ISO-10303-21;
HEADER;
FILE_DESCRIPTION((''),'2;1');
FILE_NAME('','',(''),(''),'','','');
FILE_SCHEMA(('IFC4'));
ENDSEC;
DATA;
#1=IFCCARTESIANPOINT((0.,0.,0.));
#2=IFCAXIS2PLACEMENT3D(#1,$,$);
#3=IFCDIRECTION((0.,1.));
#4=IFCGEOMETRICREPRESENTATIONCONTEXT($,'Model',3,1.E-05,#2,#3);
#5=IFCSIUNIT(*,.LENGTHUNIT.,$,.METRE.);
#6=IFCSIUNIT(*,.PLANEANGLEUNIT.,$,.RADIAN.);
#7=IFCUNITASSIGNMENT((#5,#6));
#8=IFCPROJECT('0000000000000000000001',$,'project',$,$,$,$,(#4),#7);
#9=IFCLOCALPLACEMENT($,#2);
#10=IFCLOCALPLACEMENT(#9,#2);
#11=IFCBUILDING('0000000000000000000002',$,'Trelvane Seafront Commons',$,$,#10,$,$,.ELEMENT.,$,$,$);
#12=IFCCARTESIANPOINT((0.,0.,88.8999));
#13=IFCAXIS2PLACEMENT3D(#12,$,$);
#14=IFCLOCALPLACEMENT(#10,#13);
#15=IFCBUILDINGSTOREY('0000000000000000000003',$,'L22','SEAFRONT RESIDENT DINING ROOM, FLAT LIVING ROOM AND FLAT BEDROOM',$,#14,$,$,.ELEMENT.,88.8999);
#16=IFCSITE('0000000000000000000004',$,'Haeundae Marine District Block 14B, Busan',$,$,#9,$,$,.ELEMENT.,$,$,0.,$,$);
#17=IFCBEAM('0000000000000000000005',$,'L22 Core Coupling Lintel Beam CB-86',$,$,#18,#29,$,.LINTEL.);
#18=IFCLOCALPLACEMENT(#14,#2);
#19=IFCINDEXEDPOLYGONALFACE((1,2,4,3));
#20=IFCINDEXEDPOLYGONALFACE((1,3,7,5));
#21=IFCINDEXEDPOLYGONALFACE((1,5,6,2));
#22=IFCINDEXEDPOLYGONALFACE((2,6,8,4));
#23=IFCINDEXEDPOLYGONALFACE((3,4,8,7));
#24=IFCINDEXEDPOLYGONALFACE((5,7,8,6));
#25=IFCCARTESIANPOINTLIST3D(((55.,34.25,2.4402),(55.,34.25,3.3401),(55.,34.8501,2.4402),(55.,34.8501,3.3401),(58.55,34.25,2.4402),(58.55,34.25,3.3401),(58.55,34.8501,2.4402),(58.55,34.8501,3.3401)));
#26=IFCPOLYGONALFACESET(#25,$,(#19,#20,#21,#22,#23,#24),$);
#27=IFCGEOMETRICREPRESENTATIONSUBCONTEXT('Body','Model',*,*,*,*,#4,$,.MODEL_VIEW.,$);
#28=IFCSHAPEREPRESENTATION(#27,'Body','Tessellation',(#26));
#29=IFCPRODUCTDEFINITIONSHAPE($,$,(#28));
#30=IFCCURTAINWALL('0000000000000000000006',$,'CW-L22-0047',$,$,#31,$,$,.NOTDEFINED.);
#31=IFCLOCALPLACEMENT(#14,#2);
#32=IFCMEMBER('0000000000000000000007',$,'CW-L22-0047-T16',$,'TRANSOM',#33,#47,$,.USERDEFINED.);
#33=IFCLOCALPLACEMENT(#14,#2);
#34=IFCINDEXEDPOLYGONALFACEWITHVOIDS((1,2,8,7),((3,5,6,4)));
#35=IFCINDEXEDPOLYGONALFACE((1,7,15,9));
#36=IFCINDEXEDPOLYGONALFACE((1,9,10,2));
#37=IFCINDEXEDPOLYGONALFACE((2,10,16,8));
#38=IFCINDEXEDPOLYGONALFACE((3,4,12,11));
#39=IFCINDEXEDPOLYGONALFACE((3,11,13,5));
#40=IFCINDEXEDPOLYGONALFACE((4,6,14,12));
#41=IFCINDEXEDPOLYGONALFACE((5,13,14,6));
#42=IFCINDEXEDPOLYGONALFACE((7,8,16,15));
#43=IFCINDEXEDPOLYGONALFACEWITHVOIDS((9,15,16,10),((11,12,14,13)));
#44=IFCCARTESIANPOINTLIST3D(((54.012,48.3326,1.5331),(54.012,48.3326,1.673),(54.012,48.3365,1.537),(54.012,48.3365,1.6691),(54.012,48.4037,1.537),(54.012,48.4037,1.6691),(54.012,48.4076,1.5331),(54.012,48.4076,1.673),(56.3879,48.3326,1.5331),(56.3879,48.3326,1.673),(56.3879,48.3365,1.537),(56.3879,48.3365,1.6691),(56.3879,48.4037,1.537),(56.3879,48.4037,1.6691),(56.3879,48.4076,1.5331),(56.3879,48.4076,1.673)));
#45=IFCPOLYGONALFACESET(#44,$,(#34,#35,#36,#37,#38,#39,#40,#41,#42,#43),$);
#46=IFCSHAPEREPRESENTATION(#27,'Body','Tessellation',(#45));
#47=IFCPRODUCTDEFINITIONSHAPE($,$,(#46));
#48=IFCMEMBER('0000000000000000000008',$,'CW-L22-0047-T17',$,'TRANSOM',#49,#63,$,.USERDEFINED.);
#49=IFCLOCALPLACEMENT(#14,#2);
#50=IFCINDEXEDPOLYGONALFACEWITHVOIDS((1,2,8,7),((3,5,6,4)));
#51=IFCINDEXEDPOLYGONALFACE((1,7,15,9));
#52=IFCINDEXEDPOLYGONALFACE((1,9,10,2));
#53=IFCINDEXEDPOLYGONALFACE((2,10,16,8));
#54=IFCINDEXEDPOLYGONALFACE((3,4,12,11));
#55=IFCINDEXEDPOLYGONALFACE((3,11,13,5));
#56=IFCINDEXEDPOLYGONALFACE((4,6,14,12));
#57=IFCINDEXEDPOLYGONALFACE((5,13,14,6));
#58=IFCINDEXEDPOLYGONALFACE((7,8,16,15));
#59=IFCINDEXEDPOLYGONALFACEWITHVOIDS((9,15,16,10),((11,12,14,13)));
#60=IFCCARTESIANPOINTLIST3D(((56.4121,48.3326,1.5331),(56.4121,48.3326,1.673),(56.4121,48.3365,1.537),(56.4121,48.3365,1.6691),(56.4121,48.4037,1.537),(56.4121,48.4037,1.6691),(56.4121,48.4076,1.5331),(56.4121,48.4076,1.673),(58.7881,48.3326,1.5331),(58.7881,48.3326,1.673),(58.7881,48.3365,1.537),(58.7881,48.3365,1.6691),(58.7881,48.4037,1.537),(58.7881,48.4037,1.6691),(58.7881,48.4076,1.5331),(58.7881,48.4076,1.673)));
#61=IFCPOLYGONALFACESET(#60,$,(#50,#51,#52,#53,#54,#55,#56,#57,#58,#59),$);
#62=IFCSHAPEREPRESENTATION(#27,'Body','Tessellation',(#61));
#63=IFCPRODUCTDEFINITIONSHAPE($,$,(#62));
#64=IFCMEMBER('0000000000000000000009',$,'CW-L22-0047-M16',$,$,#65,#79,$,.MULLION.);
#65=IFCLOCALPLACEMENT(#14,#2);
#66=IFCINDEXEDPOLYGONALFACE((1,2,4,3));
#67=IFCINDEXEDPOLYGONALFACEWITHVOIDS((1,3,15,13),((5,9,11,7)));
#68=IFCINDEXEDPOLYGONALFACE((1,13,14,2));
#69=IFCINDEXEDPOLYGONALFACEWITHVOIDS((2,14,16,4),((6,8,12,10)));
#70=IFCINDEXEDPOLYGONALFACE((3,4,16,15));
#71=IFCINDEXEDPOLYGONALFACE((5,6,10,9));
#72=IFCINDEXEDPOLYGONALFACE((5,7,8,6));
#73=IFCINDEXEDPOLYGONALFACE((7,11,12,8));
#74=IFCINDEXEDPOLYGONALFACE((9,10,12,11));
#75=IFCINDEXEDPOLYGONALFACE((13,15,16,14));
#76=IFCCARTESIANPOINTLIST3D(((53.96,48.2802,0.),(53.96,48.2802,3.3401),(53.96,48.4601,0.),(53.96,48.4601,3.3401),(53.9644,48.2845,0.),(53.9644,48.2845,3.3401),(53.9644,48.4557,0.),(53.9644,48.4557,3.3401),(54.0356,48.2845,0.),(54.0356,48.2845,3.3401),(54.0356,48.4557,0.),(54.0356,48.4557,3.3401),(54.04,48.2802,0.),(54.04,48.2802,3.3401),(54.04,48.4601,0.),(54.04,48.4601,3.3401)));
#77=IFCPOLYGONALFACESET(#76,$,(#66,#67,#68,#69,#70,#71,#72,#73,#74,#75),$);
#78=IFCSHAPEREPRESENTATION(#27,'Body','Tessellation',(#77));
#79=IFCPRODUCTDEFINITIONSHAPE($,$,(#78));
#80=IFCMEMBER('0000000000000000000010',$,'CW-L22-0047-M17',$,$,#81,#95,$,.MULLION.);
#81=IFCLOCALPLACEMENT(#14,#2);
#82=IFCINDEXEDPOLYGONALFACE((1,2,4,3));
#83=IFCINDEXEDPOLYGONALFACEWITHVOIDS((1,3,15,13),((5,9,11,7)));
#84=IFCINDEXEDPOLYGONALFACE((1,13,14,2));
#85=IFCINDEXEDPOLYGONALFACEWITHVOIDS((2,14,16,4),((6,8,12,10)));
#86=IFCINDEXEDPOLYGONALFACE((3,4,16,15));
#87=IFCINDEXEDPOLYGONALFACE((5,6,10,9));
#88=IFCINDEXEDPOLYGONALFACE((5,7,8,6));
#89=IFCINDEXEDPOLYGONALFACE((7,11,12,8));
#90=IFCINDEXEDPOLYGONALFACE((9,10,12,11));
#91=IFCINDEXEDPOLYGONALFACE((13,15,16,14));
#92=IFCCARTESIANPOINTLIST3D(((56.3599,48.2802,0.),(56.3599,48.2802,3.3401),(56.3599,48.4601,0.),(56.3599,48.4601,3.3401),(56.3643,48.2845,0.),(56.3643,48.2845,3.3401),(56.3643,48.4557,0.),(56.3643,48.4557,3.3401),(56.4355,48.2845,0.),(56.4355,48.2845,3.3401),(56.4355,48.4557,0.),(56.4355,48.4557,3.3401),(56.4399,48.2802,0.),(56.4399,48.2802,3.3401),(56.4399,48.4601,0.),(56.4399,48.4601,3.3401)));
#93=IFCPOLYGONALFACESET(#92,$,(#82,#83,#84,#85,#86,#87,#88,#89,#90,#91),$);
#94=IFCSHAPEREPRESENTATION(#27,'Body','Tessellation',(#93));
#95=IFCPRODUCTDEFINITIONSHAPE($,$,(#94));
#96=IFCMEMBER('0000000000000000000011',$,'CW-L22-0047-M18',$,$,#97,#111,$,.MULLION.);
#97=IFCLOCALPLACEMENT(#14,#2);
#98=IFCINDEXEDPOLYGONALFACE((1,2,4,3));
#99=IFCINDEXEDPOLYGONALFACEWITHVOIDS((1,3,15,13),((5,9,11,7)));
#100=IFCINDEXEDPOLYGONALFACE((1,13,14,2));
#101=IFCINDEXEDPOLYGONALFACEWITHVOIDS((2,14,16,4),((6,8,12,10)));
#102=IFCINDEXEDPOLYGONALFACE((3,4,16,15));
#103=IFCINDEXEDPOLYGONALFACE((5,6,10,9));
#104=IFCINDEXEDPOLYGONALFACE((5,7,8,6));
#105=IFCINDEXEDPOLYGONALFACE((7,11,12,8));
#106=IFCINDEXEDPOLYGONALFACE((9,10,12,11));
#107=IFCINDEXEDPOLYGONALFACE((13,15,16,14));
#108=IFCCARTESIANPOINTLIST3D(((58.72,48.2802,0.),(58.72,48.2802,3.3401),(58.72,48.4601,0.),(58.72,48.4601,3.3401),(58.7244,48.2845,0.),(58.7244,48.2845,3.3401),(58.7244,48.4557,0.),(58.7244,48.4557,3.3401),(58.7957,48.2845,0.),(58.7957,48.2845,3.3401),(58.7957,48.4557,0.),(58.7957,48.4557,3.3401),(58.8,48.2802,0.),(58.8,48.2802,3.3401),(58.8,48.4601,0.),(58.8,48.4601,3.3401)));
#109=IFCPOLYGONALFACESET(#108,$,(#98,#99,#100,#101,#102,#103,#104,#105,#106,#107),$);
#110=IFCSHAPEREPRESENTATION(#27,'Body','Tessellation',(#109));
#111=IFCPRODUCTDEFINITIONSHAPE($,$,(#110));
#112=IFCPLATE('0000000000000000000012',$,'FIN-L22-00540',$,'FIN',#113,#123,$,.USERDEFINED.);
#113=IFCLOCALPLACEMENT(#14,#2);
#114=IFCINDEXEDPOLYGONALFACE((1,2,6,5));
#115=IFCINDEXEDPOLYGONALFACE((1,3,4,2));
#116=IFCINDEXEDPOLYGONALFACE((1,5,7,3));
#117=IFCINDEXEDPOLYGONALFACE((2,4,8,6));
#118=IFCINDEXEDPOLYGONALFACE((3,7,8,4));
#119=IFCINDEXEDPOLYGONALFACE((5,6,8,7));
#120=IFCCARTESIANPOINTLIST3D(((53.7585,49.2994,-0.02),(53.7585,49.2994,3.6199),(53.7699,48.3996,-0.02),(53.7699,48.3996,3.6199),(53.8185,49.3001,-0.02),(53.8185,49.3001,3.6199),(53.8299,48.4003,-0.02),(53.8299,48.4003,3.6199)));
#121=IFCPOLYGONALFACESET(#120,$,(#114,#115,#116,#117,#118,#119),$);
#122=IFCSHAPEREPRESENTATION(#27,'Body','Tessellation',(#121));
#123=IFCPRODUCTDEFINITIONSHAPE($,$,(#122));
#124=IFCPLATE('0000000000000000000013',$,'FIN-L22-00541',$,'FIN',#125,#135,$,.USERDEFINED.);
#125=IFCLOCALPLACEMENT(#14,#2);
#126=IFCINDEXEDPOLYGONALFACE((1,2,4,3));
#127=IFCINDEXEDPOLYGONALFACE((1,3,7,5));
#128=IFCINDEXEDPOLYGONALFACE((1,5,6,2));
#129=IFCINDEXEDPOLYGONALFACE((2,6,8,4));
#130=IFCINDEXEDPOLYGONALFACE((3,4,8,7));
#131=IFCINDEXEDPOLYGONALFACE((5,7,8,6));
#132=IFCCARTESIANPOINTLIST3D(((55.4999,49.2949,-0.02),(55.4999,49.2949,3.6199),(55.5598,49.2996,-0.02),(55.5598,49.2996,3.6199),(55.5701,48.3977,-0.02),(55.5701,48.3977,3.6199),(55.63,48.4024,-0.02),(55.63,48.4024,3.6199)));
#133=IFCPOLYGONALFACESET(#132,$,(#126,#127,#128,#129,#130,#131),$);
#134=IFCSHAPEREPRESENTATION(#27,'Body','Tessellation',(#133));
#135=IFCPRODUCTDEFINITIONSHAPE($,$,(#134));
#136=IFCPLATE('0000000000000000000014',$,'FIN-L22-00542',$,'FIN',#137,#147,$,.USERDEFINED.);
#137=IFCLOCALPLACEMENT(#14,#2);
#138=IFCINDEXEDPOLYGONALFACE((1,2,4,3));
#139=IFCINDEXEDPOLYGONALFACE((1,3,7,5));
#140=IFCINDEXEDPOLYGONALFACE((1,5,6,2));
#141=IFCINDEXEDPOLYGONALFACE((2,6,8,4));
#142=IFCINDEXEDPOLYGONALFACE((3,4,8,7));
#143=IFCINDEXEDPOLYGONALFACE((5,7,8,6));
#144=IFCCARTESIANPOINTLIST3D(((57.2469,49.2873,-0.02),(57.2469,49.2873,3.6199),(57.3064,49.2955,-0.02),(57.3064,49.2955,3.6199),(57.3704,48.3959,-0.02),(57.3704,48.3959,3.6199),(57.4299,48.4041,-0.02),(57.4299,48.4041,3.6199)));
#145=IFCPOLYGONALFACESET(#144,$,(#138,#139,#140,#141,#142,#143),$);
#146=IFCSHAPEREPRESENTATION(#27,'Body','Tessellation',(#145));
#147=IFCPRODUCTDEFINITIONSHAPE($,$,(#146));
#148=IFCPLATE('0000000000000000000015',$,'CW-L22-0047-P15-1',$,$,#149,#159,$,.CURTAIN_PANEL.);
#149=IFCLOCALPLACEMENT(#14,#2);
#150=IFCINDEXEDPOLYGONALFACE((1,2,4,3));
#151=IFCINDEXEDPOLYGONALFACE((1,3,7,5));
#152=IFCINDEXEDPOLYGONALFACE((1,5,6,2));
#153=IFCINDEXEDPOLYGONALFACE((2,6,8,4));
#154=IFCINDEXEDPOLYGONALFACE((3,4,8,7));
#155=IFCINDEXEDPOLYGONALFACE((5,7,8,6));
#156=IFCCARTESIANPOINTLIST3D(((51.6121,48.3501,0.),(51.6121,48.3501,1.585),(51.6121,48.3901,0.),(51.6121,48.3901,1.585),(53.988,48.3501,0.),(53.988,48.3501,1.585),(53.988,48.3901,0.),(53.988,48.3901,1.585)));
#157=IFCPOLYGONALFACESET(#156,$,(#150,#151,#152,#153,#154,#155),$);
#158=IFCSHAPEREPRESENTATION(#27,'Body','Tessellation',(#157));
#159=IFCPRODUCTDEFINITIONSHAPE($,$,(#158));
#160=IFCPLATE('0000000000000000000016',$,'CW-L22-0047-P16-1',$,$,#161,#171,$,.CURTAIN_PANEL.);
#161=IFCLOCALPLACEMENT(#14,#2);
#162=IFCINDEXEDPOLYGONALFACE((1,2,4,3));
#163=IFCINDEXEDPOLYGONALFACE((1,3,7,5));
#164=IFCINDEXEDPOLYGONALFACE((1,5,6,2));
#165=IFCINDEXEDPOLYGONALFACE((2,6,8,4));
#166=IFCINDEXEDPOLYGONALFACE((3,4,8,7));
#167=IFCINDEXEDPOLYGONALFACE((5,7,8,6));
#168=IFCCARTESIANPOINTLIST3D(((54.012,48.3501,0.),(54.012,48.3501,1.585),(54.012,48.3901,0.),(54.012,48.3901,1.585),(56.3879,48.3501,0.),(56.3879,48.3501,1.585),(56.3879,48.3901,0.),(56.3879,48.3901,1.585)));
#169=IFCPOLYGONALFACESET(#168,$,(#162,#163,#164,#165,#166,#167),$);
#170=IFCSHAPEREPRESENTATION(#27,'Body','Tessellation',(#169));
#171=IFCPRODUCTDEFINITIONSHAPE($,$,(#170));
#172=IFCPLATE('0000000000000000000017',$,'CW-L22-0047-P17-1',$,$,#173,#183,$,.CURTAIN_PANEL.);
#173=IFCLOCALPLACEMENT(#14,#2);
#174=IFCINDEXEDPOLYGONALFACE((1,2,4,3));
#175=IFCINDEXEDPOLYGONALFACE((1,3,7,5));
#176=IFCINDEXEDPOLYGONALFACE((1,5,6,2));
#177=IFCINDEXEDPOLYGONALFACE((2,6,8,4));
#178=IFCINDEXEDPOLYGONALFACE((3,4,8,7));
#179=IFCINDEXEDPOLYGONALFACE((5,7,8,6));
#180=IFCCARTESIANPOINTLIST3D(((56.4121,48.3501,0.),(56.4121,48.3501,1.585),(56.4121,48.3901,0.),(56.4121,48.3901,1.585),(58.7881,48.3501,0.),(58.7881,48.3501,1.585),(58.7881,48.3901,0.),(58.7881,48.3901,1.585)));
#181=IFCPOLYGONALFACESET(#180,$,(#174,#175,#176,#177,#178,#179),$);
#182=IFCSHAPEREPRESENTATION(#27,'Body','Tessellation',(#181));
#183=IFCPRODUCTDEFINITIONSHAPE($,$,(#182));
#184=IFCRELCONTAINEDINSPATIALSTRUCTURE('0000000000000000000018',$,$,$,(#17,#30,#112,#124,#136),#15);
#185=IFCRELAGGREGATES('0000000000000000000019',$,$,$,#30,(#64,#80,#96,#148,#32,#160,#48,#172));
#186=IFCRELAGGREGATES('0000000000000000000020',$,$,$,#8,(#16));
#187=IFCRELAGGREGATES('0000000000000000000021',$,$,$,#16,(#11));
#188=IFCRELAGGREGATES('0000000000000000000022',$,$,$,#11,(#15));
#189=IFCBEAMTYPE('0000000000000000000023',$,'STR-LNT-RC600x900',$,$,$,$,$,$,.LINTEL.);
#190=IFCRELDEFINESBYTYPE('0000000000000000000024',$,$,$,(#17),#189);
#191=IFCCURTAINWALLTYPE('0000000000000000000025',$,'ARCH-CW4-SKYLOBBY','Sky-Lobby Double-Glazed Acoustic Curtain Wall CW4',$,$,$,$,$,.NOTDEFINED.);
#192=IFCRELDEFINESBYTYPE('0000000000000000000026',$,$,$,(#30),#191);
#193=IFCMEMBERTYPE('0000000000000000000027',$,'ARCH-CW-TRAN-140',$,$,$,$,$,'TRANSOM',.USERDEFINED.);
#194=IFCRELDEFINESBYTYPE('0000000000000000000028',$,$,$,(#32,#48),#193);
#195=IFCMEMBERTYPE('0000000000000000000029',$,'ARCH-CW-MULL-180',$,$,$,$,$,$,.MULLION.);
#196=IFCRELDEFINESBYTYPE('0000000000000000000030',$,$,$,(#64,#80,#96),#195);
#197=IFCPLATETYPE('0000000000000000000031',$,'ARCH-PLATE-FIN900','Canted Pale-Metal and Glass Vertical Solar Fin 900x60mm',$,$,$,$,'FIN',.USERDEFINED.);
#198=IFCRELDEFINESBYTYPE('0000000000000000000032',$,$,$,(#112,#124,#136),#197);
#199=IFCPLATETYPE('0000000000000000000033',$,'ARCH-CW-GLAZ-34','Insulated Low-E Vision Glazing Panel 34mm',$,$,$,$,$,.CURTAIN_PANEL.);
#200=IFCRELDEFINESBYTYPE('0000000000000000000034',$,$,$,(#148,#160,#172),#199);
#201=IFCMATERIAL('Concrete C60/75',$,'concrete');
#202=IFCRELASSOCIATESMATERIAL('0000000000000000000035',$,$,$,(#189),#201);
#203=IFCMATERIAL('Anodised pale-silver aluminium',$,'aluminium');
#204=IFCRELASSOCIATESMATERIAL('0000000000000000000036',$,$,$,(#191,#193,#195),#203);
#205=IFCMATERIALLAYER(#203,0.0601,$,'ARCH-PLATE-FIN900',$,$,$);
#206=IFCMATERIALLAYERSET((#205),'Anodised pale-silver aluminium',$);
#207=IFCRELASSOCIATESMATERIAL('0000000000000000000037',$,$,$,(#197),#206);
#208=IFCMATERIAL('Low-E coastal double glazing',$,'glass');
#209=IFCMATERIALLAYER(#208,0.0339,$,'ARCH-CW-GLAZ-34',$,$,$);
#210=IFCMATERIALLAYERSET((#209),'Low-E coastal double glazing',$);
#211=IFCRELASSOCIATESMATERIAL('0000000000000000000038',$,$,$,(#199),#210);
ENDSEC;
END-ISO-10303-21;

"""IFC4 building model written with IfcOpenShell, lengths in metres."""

from ifc_helpers import new_model, si_unit, direction, frame, origin, origin_2d, place, context, subcontext, project, spatial, rectangle, hollow_rectangle, extrude, source, transform, mapped, material, layer, layer_set, material_profile, profile_set, type_object, element, aggregate, save


model = new_model("IFC4")

# Units and contexts
model_context = context("Model", 3, precision=1e-05, world=origin(), true_north=direction((0.0, 1.0)))
body_context = subcontext(model_context, "Body", "Model", "MODEL_VIEW")
ifc_project = project(units=[si_unit("LENGTHUNIT", "METRE"), si_unit("PLANEANGLEUNIT", "RADIAN")], contexts=[model_context])

# Site, building, storey
site_placement = place(None, origin())
site = spatial("IfcSite", under=ifc_project, at=site_placement, Name="Haeundae Marine District Block 14B, Busan", CompositionType="ELEMENT", RefElevation=0.0)
building_placement = place(site_placement, origin())
building = spatial("IfcBuilding", under=site, at=building_placement, Name="Trelvane Seafront Commons", CompositionType="ELEMENT")
storey_placement = place(building_placement, frame((0.0, 0.0, 88.8999)))
storey = spatial("IfcBuildingStorey", under=building, at=storey_placement, Name="L22", Description="SEAFRONT RESIDENT DINING ROOM, FLAT LIVING ROOM AND FLAT BEDROOM", CompositionType="ELEMENT", Elevation=88.8999)

# Beam
ifc_material_1 = material(Name="Concrete C60/75", Category="concrete")
ifc_material_profile_1 = material_profile(ifc_material_1, rectangle(XDim=0.6001, YDim=0.8999, at=origin_2d()), Name="RC-600x900")
ifc_profile_set_1 = profile_set([ifc_material_profile_1], Name="Concrete C60/75")
beam_type = type_object("IfcBeamType", Name="STR-LNT-RC600x900", PredefinedType="LINTEL", material=ifc_profile_set_1)
shared_shape_1 = source(origin(), body_context, "Body", "SweptSolid", [
    extrude(rectangle(XDim=0.6001, YDim=0.8999, at=origin_2d()), origin(), (0.0, 0.0, 1.0), 3.55),
])
beam_placement = place(storey_placement, frame((55.0, 34.55, 2.8901), z_axis=(1.0, 0.0, 0.0), x_axis=(0.0, 1.0, 0.0)))
element("IfcBeam", 1, at=beam_placement, inside=storey, type_object=beam_type, Name="L22 Core Coupling Lintel Beam CB-86", PredefinedType="LINTEL", context=body_context, shape_type="MappedRepresentation", body=[
    mapped(shared_shape_1, transform((0.0, 0.0, 0.0), x_axis=(1.0, 0.0, 0.0), y_axis=(0.0, 1.0, 0.0), z_axis=(0.0, 0.0, 1.0), scale=1.0)),
])

# Curtain wall, members
ifc_material_2 = material(Name="Anodised pale-silver aluminium", Category="aluminium")
curtain_wall_type = type_object("IfcCurtainWallType", Name="ARCH-CW4-SKYLOBBY", Description="Sky-Lobby Double-Glazed Acoustic Curtain Wall CW4", PredefinedType="NOTDEFINED", material=ifc_material_2)
curtain_wall_placement = place(storey_placement, origin())
curtain_wall = element("IfcCurtainWall", 2, at=curtain_wall_placement, inside=storey, type_object=curtain_wall_type, Name="CW-L22-0047", PredefinedType="NOTDEFINED")
ifc_material_profile_2 = material_profile(ifc_material_2, hollow_rectangle(XDim=0.075, YDim=0.1399, WallThickness=0.0039, at=origin_2d()), Name="TRAN-75x140x4")
ifc_profile_set_2 = profile_set([ifc_material_profile_2], Name="Anodised pale-silver aluminium")
member_type_1 = type_object("IfcMemberType", Name="ARCH-CW-TRAN-140", ElementType="TRANSOM", PredefinedType="USERDEFINED", material=ifc_profile_set_2)
shared_shape_2 = source(origin(), body_context, "Body", "SweptSolid", [
    extrude(hollow_rectangle(XDim=0.075, YDim=0.1399, WallThickness=0.0039, at=origin_2d()), origin(), (0.0, 0.0, 1.0), 2.376),
])
member_1_placement = place(storey_placement, frame((54.012, 48.3701, 1.603), z_axis=(1.0, 0.0, 0.0), x_axis=(0.0, 1.0, 0.0)))
member_1 = element("IfcMember", 3, at=member_1_placement, type_object=member_type_1, Name="CW-L22-0047-T16", ObjectType="TRANSOM", PredefinedType="USERDEFINED", context=body_context, shape_type="MappedRepresentation", body=[
    mapped(shared_shape_2, transform((0.0, 0.0, 0.0), x_axis=(1.0, 0.0, 0.0), y_axis=(0.0, 1.0, 0.0), z_axis=(0.0, 0.0, 1.0), scale=1.0)),
])
member_2_placement = place(storey_placement, frame((56.4121, 48.3701, 1.603), z_axis=(1.0, 0.0, 0.0), x_axis=(0.0, 1.0, 0.0)))
member_2 = element("IfcMember", 4, at=member_2_placement, type_object=member_type_1, Name="CW-L22-0047-T17", ObjectType="TRANSOM", PredefinedType="USERDEFINED", context=body_context, shape_type="MappedRepresentation", body=[
    mapped(shared_shape_2, transform((0.0, 0.0, 0.0), x_axis=(1.0, 0.0, 0.0), y_axis=(0.0, 1.0, 0.0), z_axis=(0.0, 0.0, 1.0), scale=1.0)),
])
ifc_material_profile_3 = material_profile(ifc_material_2, hollow_rectangle(XDim=0.0801, YDim=0.1799, WallThickness=0.0044, at=origin_2d()), Name="MULL-80x180x4.5")
ifc_profile_set_3 = profile_set([ifc_material_profile_3], Name="Anodised pale-silver aluminium")
member_type_2 = type_object("IfcMemberType", Name="ARCH-CW-MULL-180", PredefinedType="MULLION", material=ifc_profile_set_3)
shared_shape_3 = source(origin(), body_context, "Body", "SweptSolid", [
    extrude(hollow_rectangle(XDim=0.0801, YDim=0.1799, WallThickness=0.0044, at=origin_2d()), origin(), (0.0, 0.0, 1.0), 3.3401),
])
member_3_placement = place(storey_placement, frame((54.0, 48.3701, 0.0), z_axis=(0.0, 0.0, 1.0), x_axis=(1.0, 0.0, 0.0)))
member_3 = element("IfcMember", 5, at=member_3_placement, type_object=member_type_2, Name="CW-L22-0047-M16", PredefinedType="MULLION", context=body_context, shape_type="MappedRepresentation", body=[
    mapped(shared_shape_3, transform((0.0, 0.0, 0.0), x_axis=(1.0, 0.0, 0.0), y_axis=(0.0, 1.0, 0.0), z_axis=(0.0, 0.0, 1.0), scale=1.0)),
])
member_4_placement = place(storey_placement, frame((56.3999, 48.3701, 0.0), z_axis=(0.0, 0.0, 1.0), x_axis=(1.0, 0.0, 0.0)))
member_4 = element("IfcMember", 6, at=member_4_placement, type_object=member_type_2, Name="CW-L22-0047-M17", PredefinedType="MULLION", context=body_context, shape_type="MappedRepresentation", body=[
    mapped(shared_shape_3, transform((0.0, 0.0, 0.0), x_axis=(1.0, 0.0, 0.0), y_axis=(0.0, 1.0, 0.0), z_axis=(0.0, 0.0, 1.0), scale=1.0)),
])
member_5_placement = place(storey_placement, frame((58.76, 48.3701, 0.0), z_axis=(0.0, 0.0, 1.0), x_axis=(1.0, 0.0, 0.0)))
member_5 = element("IfcMember", 7, at=member_5_placement, type_object=member_type_2, Name="CW-L22-0047-M18", PredefinedType="MULLION", context=body_context, shape_type="MappedRepresentation", body=[
    mapped(shared_shape_3, transform((0.0, 0.0, 0.0), x_axis=(1.0, 0.0, 0.0), y_axis=(0.0, 1.0, 0.0), z_axis=(0.0, 0.0, 1.0), scale=1.0)),
])

# Plates
ifc_layer_1 = layer(ifc_material_2, 0.0601, Name="ARCH-PLATE-FIN900")
ifc_layer_set_1 = layer_set([ifc_layer_1], Name="Anodised pale-silver aluminium")
plate_type_1 = type_object("IfcPlateType", Name="ARCH-PLATE-FIN900", Description="Canted Pale-Metal and Glass Vertical Solar Fin 900x60mm", ElementType="FIN", PredefinedType="USERDEFINED", material=ifc_layer_set_1)
shared_shape_4 = source(origin(), body_context, "Body", "SweptSolid", [
    extrude(rectangle(XDim=0.8999, YDim=0.0601, at=origin_2d()), origin(), (0.0, 0.0, 1.0), 3.6399),
])
for number, where, z_axis, x_axis, name in (
    (8, (53.7942, 48.8499, -0.02), (0.0, 0.0, 1.0), (-0.012667, 0.99992, 0.0), "FIN-L22-00540"),
    (9, (55.5649, 48.8486, -0.02), (0.0, 0.0, 1.0), (-0.077996, 0.996954, 0.0), "FIN-L22-00541"),
    (10, (57.3384, 48.8457, -0.02), (0.0, 0.0, 1.0), (-0.13722, 0.990541, 0.0), "FIN-L22-00542"),
):
    element("IfcPlate", number, at=place(storey_placement, frame(where, z_axis=z_axis, x_axis=x_axis)), inside=storey, type_object=plate_type_1, Name=name, ObjectType="FIN", PredefinedType="USERDEFINED", context=body_context, shape_type="MappedRepresentation", body=[
        mapped(shared_shape_4, transform((0.0, 0.0, 0.0), x_axis=(1.0, 0.0, 0.0), y_axis=(0.0, 1.0, 0.0), z_axis=(0.0, 0.0, 1.0), scale=1.0)),
    ])

# Plates
ifc_material_3 = material(Name="Low-E coastal double glazing", Category="glass")
ifc_layer_2 = layer(ifc_material_3, 0.0339, Name="ARCH-CW-GLAZ-34")
ifc_layer_set_2 = layer_set([ifc_layer_2], Name="Low-E coastal double glazing")
plate_type_2 = type_object("IfcPlateType", Name="ARCH-CW-GLAZ-34", Description="Insulated Low-E Vision Glazing Panel 34mm", PredefinedType="CURTAIN_PANEL", material=ifc_layer_set_2)
shared_shape_5 = source(origin(), body_context, "Body", "SweptSolid", [
    extrude(rectangle(XDim=2.376, YDim=0.04, at=origin_2d()), origin(), (0.0, 0.0, 1.0), 1.585),
])
plate_1_placement = place(storey_placement, frame((52.8, 48.3701, 0.0), z_axis=(0.0, 0.0, 1.0), x_axis=(1.0, 0.0, 0.0)))
plate_1 = element("IfcPlate", 11, at=plate_1_placement, type_object=plate_type_2, Name="CW-L22-0047-P15-1", PredefinedType="CURTAIN_PANEL", context=body_context, shape_type="MappedRepresentation", body=[
    mapped(shared_shape_5, transform((0.0, 0.0, 0.0), x_axis=(1.0, 0.0, 0.0), y_axis=(0.0, 1.0, 0.0), z_axis=(0.0, 0.0, 1.0), scale=1.0)),
])
plate_2_placement = place(storey_placement, frame((55.2, 48.3701, 0.0), z_axis=(0.0, 0.0, 1.0), x_axis=(1.0, 0.0, 0.0)))
plate_2 = element("IfcPlate", 12, at=plate_2_placement, type_object=plate_type_2, Name="CW-L22-0047-P16-1", PredefinedType="CURTAIN_PANEL", context=body_context, shape_type="MappedRepresentation", body=[
    mapped(shared_shape_5, transform((0.0, 0.0, 0.0), x_axis=(1.0, 0.0, 0.0), y_axis=(0.0, 1.0, 0.0), z_axis=(0.0, 0.0, 1.0), scale=1.0)),
])
plate_3_placement = place(storey_placement, frame((57.6001, 48.3701, 0.0), z_axis=(0.0, 0.0, 1.0), x_axis=(1.0, 0.0, 0.0)))
plate_3 = element("IfcPlate", 13, at=plate_3_placement, type_object=plate_type_2, Name="CW-L22-0047-P17-1", PredefinedType="CURTAIN_PANEL", context=body_context, shape_type="MappedRepresentation", body=[
    mapped(shared_shape_5, transform((0.0, 0.0, 0.0), x_axis=(1.0, 0.0, 0.0), y_axis=(0.0, 1.0, 0.0), z_axis=(0.0, 0.0, 1.0), scale=1.0)),
])
aggregate(curtain_wall, [member_3, member_4, member_5, plate_1, member_1, plate_2, member_2, plate_3])

save(model, "model.ifc")
